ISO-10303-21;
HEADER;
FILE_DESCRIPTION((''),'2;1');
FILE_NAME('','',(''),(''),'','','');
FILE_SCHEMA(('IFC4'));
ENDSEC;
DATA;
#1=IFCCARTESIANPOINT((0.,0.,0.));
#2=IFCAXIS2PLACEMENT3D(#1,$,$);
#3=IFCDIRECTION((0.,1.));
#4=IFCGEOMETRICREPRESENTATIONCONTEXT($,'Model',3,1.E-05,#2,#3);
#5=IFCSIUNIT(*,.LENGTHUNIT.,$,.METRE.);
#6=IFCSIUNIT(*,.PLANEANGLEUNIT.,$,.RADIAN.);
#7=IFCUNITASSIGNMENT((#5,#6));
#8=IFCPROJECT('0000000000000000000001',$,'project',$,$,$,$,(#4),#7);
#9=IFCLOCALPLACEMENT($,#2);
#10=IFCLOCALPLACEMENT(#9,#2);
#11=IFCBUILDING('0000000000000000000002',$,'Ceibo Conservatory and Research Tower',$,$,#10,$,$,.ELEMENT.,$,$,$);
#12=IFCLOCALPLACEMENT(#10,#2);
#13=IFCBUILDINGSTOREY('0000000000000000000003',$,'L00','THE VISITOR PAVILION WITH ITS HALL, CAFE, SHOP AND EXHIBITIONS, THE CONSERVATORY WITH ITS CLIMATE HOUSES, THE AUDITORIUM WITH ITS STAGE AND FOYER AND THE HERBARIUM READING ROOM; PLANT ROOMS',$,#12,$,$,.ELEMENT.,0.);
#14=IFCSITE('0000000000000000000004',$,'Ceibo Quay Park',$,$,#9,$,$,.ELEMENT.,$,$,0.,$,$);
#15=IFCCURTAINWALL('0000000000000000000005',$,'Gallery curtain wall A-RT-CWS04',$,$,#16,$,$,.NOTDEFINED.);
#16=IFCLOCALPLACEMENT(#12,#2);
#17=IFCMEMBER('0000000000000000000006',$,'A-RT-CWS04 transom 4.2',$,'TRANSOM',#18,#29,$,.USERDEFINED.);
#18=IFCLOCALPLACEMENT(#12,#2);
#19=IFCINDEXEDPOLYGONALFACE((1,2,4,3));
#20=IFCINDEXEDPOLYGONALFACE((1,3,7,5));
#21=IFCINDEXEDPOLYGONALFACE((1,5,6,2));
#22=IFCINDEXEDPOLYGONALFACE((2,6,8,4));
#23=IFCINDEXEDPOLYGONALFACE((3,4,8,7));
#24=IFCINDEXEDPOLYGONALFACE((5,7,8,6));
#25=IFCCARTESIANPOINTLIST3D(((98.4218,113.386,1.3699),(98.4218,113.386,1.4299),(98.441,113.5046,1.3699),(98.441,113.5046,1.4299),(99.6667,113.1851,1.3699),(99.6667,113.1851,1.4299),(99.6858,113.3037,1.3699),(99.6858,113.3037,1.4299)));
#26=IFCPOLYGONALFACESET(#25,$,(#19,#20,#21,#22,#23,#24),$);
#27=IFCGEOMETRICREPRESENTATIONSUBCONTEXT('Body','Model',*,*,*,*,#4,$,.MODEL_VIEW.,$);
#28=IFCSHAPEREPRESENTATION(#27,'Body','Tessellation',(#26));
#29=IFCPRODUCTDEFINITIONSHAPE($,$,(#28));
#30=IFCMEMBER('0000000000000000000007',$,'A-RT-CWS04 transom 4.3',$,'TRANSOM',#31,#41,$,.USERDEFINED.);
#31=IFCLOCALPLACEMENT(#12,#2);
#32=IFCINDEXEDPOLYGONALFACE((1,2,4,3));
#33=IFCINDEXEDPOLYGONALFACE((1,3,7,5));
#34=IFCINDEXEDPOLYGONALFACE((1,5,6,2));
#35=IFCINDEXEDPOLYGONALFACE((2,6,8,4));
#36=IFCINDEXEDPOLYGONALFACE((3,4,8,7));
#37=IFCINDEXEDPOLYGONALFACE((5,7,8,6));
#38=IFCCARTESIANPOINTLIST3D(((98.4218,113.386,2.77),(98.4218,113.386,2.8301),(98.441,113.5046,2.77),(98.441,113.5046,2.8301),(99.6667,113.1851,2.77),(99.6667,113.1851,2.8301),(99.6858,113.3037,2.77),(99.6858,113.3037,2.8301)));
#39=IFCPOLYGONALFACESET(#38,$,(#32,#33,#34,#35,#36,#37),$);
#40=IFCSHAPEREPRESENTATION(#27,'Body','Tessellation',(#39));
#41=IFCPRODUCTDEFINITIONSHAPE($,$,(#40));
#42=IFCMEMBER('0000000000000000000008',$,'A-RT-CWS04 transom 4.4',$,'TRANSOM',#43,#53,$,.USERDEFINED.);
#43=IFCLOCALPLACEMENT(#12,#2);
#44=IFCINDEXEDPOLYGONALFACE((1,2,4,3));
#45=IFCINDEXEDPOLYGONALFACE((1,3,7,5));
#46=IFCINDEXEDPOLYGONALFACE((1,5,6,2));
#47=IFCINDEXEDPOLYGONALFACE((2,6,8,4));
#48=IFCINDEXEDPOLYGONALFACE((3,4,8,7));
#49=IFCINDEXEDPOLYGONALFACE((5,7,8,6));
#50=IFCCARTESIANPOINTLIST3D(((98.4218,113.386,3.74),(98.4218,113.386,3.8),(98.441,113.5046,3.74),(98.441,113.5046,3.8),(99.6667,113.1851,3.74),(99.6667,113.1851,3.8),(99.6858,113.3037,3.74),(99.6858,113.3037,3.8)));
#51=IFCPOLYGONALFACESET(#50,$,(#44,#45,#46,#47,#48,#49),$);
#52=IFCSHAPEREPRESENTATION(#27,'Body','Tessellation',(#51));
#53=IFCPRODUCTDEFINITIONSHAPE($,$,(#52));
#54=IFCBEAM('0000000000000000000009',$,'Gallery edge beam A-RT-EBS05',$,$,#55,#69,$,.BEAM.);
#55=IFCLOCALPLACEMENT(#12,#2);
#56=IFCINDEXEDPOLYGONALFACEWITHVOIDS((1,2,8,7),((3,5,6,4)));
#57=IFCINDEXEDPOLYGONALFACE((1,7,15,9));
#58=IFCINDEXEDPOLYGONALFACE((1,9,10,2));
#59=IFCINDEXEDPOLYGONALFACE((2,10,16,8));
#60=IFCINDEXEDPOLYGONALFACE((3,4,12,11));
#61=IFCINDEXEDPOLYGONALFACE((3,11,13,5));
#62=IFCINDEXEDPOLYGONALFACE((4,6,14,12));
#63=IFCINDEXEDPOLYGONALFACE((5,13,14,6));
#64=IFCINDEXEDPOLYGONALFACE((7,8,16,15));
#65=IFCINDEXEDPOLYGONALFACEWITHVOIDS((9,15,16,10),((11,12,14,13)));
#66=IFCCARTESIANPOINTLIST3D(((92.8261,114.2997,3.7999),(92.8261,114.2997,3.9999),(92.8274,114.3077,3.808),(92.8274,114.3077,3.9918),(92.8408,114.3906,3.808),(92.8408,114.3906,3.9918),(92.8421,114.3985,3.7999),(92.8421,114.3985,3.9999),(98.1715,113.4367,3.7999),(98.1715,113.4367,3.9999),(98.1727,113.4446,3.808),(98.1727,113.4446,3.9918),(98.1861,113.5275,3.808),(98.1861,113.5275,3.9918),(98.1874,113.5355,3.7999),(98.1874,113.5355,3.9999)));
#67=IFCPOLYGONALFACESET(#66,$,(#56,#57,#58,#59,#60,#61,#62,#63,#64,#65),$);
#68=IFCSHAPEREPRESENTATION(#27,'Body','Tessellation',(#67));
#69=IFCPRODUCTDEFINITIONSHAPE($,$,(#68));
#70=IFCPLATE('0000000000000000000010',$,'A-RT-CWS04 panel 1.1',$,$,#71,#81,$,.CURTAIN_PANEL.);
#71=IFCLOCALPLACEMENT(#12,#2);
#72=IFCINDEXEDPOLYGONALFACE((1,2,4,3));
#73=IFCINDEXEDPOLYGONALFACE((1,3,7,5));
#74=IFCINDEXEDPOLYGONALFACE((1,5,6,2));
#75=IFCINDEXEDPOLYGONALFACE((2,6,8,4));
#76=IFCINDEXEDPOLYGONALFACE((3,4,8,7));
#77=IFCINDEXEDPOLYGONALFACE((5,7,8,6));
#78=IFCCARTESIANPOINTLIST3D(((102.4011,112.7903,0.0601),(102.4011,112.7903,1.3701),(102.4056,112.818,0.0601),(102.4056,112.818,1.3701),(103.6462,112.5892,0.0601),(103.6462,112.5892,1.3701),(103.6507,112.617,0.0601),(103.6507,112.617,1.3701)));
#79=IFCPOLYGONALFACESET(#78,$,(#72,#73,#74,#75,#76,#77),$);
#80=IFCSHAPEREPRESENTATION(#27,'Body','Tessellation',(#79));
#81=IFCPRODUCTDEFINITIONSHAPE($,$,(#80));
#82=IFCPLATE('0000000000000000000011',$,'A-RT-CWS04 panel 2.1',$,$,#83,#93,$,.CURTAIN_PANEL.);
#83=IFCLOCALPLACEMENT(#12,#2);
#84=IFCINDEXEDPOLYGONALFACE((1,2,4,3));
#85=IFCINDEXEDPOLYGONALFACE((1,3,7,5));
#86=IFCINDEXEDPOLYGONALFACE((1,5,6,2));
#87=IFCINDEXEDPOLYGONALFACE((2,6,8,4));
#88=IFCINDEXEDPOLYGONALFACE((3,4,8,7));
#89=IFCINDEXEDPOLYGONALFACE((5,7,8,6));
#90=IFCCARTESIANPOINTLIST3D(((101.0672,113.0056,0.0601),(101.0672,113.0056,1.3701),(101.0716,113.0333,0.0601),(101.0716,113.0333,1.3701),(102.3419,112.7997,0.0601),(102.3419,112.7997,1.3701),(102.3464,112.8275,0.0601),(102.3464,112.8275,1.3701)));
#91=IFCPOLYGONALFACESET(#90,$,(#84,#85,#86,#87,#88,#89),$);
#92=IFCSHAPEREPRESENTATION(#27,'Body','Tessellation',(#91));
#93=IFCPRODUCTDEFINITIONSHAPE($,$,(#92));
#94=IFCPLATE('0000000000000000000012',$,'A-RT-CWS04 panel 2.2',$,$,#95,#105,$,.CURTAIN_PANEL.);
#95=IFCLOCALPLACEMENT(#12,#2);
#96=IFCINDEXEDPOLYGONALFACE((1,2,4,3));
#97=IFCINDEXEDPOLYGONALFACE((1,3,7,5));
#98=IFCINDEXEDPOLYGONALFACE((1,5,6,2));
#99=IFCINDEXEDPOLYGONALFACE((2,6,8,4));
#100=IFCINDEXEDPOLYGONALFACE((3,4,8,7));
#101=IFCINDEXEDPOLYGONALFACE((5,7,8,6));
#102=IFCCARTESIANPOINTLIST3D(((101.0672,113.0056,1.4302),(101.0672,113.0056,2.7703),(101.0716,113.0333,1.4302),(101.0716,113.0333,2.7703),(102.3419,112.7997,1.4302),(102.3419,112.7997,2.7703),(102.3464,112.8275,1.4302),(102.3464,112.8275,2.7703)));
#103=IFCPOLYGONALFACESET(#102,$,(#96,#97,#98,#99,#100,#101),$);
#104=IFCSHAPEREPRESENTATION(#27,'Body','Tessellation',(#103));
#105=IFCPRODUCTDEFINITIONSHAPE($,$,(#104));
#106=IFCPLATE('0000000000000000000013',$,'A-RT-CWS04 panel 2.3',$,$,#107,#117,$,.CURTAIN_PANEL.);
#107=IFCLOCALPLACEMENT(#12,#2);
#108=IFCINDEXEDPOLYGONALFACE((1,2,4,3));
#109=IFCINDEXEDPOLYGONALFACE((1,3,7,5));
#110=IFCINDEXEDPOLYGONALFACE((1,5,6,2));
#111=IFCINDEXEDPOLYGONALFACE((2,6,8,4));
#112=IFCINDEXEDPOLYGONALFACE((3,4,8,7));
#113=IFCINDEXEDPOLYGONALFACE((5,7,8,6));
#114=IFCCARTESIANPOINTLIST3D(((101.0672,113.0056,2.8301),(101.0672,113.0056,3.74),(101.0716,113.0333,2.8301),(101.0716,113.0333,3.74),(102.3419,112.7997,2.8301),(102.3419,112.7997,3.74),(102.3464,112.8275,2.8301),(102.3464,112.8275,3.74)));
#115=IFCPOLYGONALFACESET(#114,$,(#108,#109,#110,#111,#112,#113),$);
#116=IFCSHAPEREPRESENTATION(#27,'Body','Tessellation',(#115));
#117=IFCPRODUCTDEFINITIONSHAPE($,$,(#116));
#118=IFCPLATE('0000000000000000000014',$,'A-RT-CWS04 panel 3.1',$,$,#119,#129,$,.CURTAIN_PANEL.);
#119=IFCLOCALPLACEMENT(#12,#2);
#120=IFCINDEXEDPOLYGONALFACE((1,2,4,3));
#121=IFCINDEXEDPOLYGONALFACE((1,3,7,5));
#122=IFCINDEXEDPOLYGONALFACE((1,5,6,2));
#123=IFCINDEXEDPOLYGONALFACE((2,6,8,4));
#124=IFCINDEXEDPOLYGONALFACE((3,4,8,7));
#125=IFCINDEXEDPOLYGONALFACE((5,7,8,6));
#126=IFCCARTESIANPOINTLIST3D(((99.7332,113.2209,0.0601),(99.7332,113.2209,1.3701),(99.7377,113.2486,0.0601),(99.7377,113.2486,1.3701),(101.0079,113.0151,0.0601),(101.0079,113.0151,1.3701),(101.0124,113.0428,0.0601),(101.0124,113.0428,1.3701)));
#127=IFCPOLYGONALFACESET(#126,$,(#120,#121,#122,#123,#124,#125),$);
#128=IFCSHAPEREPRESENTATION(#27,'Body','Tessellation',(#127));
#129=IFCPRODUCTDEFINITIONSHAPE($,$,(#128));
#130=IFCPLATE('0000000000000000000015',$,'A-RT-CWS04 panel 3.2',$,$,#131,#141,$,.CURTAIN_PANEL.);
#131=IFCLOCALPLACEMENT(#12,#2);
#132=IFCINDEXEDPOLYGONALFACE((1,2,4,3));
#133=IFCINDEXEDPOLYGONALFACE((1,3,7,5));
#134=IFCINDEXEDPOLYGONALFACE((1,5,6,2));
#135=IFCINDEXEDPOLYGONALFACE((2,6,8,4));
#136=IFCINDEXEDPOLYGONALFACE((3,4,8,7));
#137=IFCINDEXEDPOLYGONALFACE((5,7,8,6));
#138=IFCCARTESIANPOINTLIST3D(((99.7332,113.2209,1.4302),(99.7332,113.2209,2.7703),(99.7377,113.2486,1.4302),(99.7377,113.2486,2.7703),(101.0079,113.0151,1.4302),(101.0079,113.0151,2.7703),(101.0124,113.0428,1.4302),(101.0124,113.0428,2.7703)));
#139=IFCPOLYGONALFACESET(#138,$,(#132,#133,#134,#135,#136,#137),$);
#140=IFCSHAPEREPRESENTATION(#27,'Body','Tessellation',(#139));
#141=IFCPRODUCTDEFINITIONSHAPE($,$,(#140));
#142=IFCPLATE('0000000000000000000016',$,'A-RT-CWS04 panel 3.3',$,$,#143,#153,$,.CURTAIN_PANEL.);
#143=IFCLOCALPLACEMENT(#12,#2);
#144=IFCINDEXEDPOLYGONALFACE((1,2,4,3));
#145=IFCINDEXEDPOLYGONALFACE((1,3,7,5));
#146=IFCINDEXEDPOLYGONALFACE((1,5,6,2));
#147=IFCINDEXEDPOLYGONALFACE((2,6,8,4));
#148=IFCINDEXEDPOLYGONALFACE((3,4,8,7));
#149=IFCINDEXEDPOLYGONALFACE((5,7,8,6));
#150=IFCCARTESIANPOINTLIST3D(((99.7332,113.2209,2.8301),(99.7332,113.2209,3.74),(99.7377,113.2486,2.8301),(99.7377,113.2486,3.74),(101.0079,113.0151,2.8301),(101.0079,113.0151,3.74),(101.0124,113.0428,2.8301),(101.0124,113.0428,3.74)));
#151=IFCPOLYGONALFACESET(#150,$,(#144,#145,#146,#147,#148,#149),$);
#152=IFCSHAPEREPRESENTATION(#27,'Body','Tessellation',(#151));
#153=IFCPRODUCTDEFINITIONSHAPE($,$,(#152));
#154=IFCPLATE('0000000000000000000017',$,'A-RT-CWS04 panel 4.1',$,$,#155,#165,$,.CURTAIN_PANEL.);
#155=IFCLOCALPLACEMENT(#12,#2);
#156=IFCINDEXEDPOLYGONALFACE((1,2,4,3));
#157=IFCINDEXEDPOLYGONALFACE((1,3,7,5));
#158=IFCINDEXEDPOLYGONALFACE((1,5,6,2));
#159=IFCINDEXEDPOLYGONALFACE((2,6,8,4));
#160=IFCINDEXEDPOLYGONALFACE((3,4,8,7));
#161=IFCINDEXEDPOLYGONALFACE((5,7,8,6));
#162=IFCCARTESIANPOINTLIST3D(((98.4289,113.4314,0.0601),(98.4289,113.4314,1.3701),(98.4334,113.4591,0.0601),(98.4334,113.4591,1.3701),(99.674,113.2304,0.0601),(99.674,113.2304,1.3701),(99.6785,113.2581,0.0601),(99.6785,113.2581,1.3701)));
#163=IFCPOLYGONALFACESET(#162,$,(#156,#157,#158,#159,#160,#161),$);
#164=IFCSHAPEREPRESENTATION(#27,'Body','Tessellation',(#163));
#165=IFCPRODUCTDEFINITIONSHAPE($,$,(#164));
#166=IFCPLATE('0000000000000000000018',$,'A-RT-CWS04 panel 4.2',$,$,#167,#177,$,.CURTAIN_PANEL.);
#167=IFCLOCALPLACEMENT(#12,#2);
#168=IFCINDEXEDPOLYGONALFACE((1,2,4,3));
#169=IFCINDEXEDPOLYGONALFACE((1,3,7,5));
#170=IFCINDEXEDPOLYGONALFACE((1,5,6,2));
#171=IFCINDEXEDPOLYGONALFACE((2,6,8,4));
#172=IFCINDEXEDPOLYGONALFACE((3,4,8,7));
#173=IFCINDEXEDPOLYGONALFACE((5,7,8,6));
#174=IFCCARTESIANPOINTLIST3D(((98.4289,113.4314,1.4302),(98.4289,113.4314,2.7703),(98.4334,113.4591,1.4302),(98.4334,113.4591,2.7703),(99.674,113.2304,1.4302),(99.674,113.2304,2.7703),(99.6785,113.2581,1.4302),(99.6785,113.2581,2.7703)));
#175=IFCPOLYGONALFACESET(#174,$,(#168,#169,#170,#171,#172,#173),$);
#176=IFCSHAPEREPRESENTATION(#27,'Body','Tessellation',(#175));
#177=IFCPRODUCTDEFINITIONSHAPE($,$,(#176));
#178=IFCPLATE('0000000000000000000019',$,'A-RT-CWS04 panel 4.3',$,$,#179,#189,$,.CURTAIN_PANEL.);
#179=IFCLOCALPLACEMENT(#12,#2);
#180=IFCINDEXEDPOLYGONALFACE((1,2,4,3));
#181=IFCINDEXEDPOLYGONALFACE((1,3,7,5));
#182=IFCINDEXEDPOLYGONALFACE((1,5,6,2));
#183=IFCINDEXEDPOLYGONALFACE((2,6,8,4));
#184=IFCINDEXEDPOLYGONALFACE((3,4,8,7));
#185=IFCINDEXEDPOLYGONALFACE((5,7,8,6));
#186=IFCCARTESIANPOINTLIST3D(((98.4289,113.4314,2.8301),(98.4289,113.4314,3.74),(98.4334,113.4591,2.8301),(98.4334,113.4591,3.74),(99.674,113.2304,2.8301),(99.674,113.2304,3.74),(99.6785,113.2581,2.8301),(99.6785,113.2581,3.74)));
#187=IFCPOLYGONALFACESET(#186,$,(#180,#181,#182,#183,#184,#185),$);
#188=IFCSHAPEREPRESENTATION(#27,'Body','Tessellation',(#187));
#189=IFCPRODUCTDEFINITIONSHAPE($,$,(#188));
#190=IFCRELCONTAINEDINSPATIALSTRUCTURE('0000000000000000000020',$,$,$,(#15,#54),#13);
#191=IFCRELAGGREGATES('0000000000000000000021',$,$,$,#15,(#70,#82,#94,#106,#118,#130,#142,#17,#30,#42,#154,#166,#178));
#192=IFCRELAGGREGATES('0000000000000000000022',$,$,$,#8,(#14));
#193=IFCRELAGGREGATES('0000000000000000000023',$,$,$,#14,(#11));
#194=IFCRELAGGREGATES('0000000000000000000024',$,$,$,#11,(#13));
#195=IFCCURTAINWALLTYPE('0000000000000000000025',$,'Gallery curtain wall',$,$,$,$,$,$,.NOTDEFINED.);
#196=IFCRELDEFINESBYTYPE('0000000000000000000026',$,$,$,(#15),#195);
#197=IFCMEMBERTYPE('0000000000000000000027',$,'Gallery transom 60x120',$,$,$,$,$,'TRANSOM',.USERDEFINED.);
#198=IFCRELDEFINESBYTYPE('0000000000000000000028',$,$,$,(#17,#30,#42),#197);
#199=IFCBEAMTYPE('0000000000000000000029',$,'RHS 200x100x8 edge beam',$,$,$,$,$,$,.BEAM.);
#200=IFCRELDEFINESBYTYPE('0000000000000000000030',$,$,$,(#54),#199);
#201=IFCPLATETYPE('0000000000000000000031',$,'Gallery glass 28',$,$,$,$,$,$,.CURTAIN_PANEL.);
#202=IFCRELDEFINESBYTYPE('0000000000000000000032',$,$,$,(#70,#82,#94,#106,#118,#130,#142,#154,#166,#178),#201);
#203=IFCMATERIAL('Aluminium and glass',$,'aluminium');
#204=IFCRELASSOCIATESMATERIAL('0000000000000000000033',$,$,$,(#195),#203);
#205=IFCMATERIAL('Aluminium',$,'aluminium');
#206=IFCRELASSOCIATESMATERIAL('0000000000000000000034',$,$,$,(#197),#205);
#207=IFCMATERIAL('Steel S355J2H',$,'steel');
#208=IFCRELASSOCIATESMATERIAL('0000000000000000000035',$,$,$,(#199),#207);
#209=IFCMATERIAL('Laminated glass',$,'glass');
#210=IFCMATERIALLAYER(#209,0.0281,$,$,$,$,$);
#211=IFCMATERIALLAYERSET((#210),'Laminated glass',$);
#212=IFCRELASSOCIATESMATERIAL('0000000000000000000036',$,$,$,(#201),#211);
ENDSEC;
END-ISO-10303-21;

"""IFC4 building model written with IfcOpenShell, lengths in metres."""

from ifc_helpers import new_model, si_unit, direction, frame, origin, origin_2d, place, context, subcontext, project, spatial, rectangle, hollow_rectangle, extrude, material, layer, layer_set, material_profile, profile_set, type_object, element, aggregate, save


model = new_model("IFC4")

# Units and contexts
model_context = context("Model", 3, precision=1e-05, world=origin(), true_north=direction((0.0, 1.0)))
body_context = subcontext(model_context, "Body", "Model", "MODEL_VIEW")
ifc_project = project(units=[si_unit("LENGTHUNIT", "METRE"), si_unit("PLANEANGLEUNIT", "RADIAN")], contexts=[model_context])

# Site, building, storey
site_placement = place(None, origin())
site = spatial("IfcSite", under=ifc_project, at=site_placement, Name="Ceibo Quay Park", CompositionType="ELEMENT", RefElevation=0.0)
building_placement = place(site_placement, origin())
building = spatial("IfcBuilding", under=site, at=building_placement, Name="Ceibo Conservatory and Research Tower", CompositionType="ELEMENT")
storey_placement = place(building_placement, origin())
storey = spatial("IfcBuildingStorey", under=building, at=storey_placement, Name="L00", Description="THE VISITOR PAVILION WITH ITS HALL, CAFE, SHOP AND EXHIBITIONS, THE CONSERVATORY WITH ITS CLIMATE HOUSES, THE AUDITORIUM WITH ITS STAGE AND FOYER AND THE HERBARIUM READING ROOM; PLANT ROOMS", CompositionType="ELEMENT", Elevation=0.0)

# Shared definitions
ifc_material_1 = material(Name="Steel S355J2H", Category="steel")

# Curtain wall, members
ifc_material_2 = material(Name="Aluminium and glass", Category="aluminium")
curtain_wall_type = type_object("IfcCurtainWallType", Name="Gallery curtain wall", PredefinedType="NOTDEFINED", material=ifc_material_2)
curtain_wall_placement = place(storey_placement, origin())
curtain_wall = element("IfcCurtainWall", 1, at=curtain_wall_placement, inside=storey, type_object=curtain_wall_type, Name="Gallery curtain wall A-RT-CWS04", PredefinedType="NOTDEFINED")
ifc_material_3 = material(Name="Aluminium", Category="aluminium")
ifc_material_profile_1 = material_profile(ifc_material_3, rectangle(XDim=0.1201, YDim=0.0601, at=origin_2d()), Name="AL 60x120")
ifc_profile_set_1 = profile_set([ifc_material_profile_1], Name="Aluminium")
member_type_1 = type_object("IfcMemberType", Name="Gallery transom 60x120", ElementType="TRANSOM", PredefinedType="USERDEFINED", material=ifc_profile_set_1)
member_1_placement = place(storey_placement, frame((99.6763, 113.2444, 1.3999), z_axis=(-0.987223, 0.159342, 0.0), x_axis=(-0.159342, -0.987223, 0.0)))
member_1 = element("IfcMember", 2, at=member_1_placement, type_object=member_type_1, Name="A-RT-CWS04 transom 4.2", ObjectType="TRANSOM", PredefinedType="USERDEFINED", context=body_context, shape_type="SweptSolid", body=[
    extrude(rectangle(XDim=0.1201, YDim=0.0601, at=origin_2d()), origin(), (0.0, 0.0, 1.0), 1.261),
])
member_2_placement = place(storey_placement, frame((99.6763, 113.2444, 2.8), z_axis=(-0.987223, 0.159342, 0.0), x_axis=(-0.159342, -0.987223, 0.0)))
member_2 = element("IfcMember", 3, at=member_2_placement, type_object=member_type_1, Name="A-RT-CWS04 transom 4.3", ObjectType="TRANSOM", PredefinedType="USERDEFINED", context=body_context, shape_type="SweptSolid", body=[
    extrude(rectangle(XDim=0.1201, YDim=0.0601, at=origin_2d()), origin(), (0.0, 0.0, 1.0), 1.261),
])
member_3_placement = place(storey_placement, frame((99.6763, 113.2444, 3.77), z_axis=(-0.987223, 0.159342, 0.0), x_axis=(-0.159342, -0.987223, 0.0)))
member_3 = element("IfcMember", 4, at=member_3_placement, type_object=member_type_1, Name="A-RT-CWS04 transom 4.4", ObjectType="TRANSOM", PredefinedType="USERDEFINED", context=body_context, shape_type="SweptSolid", body=[
    extrude(rectangle(XDim=0.1201, YDim=0.0601, at=origin_2d()), origin(), (0.0, 0.0, 1.0), 1.261),
])

# Beam
ifc_material_profile_2 = material_profile(ifc_material_1, hollow_rectangle(XDim=0.1001, YDim=0.2, WallThickness=0.0081, at=origin_2d()), Name="RHS 200x100x8 edge beam")
ifc_profile_set_2 = profile_set([ifc_material_profile_2], Name="Steel S355J2H")
beam_type = type_object("IfcBeamType", Name="RHS 200x100x8 edge beam", PredefinedType="BEAM", material=ifc_profile_set_2)
beam_placement = place(storey_placement, frame((98.1794, 113.4861, 3.8999), z_axis=(-0.987215, 0.159395, 0.0), x_axis=(-0.159395, -0.987215, 0.0)))
element("IfcBeam", 5, at=beam_placement, inside=storey, type_object=beam_type, Name="Gallery edge beam A-RT-EBS05", PredefinedType="BEAM", context=body_context, shape_type="SweptSolid", body=[
    extrude(hollow_rectangle(XDim=0.1001, YDim=0.2, WallThickness=0.0081, at=origin_2d()), origin(), (0.0, 0.0, 1.0), 5.4146),
])

# Plates
ifc_material_4 = material(Name="Laminated glass", Category="glass")
ifc_layer_1 = layer(ifc_material_4, 0.0281)
ifc_layer_set_1 = layer_set([ifc_layer_1], Name="Laminated glass")
plate_type = type_object("IfcPlateType", Name="Gallery glass 28", PredefinedType="CURTAIN_PANEL", material=ifc_layer_set_1)
plate_1_placement = place(storey_placement, frame((103.0259, 112.7036, 0.0601), z_axis=(0.0, 0.0, 1.0), x_axis=(-0.987216, 0.159391, 0.0)))
plate_1 = element("IfcPlate", 6, at=plate_1_placement, type_object=plate_type, Name="A-RT-CWS04 panel 1.1", PredefinedType="CURTAIN_PANEL", context=body_context, shape_type="SweptSolid", body=[
    extrude(rectangle(XDim=1.2612, YDim=0.0281, at=origin_2d()), origin(), (0.0, 0.0, 1.0), 1.3101),
])
plate_2_placement = place(storey_placement, frame((101.7068, 112.9165, 0.0601), z_axis=(0.0, 0.0, 1.0), x_axis=(-0.987216, 0.159391, 0.0)))
plate_2 = element("IfcPlate", 7, at=plate_2_placement, type_object=plate_type, Name="A-RT-CWS04 panel 2.1", PredefinedType="CURTAIN_PANEL", context=body_context, shape_type="SweptSolid", body=[
    extrude(rectangle(XDim=1.2913, YDim=0.0281, at=origin_2d()), origin(), (0.0, 0.0, 1.0), 1.3101),
])
plate_3_placement = place(storey_placement, frame((101.7068, 112.9165, 1.4302), z_axis=(0.0, 0.0, 1.0), x_axis=(-0.987216, 0.159391, 0.0)))
plate_3 = element("IfcPlate", 8, at=plate_3_placement, type_object=plate_type, Name="A-RT-CWS04 panel 2.2", PredefinedType="CURTAIN_PANEL", context=body_context, shape_type="SweptSolid", body=[
    extrude(rectangle(XDim=1.2913, YDim=0.0281, at=origin_2d()), origin(), (0.0, 0.0, 1.0), 1.3401),
])
plate_4_placement = place(storey_placement, frame((101.7068, 112.9165, 2.8301), z_axis=(0.0, 0.0, 1.0), x_axis=(-0.987216, 0.159391, 0.0)))
plate_4 = element("IfcPlate", 9, at=plate_4_placement, type_object=plate_type, Name="A-RT-CWS04 panel 2.3", PredefinedType="CURTAIN_PANEL", context=body_context, shape_type="SweptSolid", body=[
    extrude(rectangle(XDim=1.2913, YDim=0.0281, at=origin_2d()), origin(), (0.0, 0.0, 1.0), 0.9099),
])
plate_5_placement = place(storey_placement, frame((100.3728, 113.1318, 0.0601), z_axis=(0.0, 0.0, 1.0), x_axis=(-0.987216, 0.159391, 0.0)))
plate_5 = element("IfcPlate", 10, at=plate_5_placement, type_object=plate_type, Name="A-RT-CWS04 panel 3.1", PredefinedType="CURTAIN_PANEL", context=body_context, shape_type="SweptSolid", body=[
    extrude(rectangle(XDim=1.2913, YDim=0.0281, at=origin_2d()), origin(), (0.0, 0.0, 1.0), 1.3101),
])
plate_6_placement = place(storey_placement, frame((100.3728, 113.1318, 1.4302), z_axis=(0.0, 0.0, 1.0), x_axis=(-0.987216, 0.159391, 0.0)))
plate_6 = element("IfcPlate", 11, at=plate_6_placement, type_object=plate_type, Name="A-RT-CWS04 panel 3.2", PredefinedType="CURTAIN_PANEL", context=body_context, shape_type="SweptSolid", body=[
    extrude(rectangle(XDim=1.2913, YDim=0.0281, at=origin_2d()), origin(), (0.0, 0.0, 1.0), 1.3401),
])
plate_7_placement = place(storey_placement, frame((100.3728, 113.1318, 2.8301), z_axis=(0.0, 0.0, 1.0), x_axis=(-0.987216, 0.159391, 0.0)))
plate_7 = element("IfcPlate", 12, at=plate_7_placement, type_object=plate_type, Name="A-RT-CWS04 panel 3.3", PredefinedType="CURTAIN_PANEL", context=body_context, shape_type="SweptSolid", body=[
    extrude(rectangle(XDim=1.2913, YDim=0.0281, at=origin_2d()), origin(), (0.0, 0.0, 1.0), 0.9099),
])
plate_8_placement = place(storey_placement, frame((99.0537, 113.3447, 0.0601), z_axis=(0.0, 0.0, 1.0), x_axis=(-0.987216, 0.159391, 0.0)))
plate_8 = element("IfcPlate", 13, at=plate_8_placement, type_object=plate_type, Name="A-RT-CWS04 panel 4.1", PredefinedType="CURTAIN_PANEL", context=body_context, shape_type="SweptSolid", body=[
    extrude(rectangle(XDim=1.2612, YDim=0.0281, at=origin_2d()), origin(), (0.0, 0.0, 1.0), 1.3101),
])
plate_9_placement = place(storey_placement, frame((99.0537, 113.3447, 1.4302), z_axis=(0.0, 0.0, 1.0), x_axis=(-0.987216, 0.159391, 0.0)))
plate_9 = element("IfcPlate", 14, at=plate_9_placement, type_object=plate_type, Name="A-RT-CWS04 panel 4.2", PredefinedType="CURTAIN_PANEL", context=body_context, shape_type="SweptSolid", body=[
    extrude(rectangle(XDim=1.2612, YDim=0.0281, at=origin_2d()), origin(), (0.0, 0.0, 1.0), 1.3401),
])
plate_10_placement = place(storey_placement, frame((99.0537, 113.3447, 2.8301), z_axis=(0.0, 0.0, 1.0), x_axis=(-0.987216, 0.159391, 0.0)))
plate_10 = element("IfcPlate", 15, at=plate_10_placement, type_object=plate_type, Name="A-RT-CWS04 panel 4.3", PredefinedType="CURTAIN_PANEL", context=body_context, shape_type="SweptSolid", body=[
    extrude(rectangle(XDim=1.2612, YDim=0.0281, at=origin_2d()), origin(), (0.0, 0.0, 1.0), 0.9099),
])
aggregate(curtain_wall, [plate_1, plate_2, plate_3, plate_4, plate_5, plate_6, plate_7, member_1, member_2, member_3, plate_8, plate_9, plate_10])

save(model, "model.ifc")
